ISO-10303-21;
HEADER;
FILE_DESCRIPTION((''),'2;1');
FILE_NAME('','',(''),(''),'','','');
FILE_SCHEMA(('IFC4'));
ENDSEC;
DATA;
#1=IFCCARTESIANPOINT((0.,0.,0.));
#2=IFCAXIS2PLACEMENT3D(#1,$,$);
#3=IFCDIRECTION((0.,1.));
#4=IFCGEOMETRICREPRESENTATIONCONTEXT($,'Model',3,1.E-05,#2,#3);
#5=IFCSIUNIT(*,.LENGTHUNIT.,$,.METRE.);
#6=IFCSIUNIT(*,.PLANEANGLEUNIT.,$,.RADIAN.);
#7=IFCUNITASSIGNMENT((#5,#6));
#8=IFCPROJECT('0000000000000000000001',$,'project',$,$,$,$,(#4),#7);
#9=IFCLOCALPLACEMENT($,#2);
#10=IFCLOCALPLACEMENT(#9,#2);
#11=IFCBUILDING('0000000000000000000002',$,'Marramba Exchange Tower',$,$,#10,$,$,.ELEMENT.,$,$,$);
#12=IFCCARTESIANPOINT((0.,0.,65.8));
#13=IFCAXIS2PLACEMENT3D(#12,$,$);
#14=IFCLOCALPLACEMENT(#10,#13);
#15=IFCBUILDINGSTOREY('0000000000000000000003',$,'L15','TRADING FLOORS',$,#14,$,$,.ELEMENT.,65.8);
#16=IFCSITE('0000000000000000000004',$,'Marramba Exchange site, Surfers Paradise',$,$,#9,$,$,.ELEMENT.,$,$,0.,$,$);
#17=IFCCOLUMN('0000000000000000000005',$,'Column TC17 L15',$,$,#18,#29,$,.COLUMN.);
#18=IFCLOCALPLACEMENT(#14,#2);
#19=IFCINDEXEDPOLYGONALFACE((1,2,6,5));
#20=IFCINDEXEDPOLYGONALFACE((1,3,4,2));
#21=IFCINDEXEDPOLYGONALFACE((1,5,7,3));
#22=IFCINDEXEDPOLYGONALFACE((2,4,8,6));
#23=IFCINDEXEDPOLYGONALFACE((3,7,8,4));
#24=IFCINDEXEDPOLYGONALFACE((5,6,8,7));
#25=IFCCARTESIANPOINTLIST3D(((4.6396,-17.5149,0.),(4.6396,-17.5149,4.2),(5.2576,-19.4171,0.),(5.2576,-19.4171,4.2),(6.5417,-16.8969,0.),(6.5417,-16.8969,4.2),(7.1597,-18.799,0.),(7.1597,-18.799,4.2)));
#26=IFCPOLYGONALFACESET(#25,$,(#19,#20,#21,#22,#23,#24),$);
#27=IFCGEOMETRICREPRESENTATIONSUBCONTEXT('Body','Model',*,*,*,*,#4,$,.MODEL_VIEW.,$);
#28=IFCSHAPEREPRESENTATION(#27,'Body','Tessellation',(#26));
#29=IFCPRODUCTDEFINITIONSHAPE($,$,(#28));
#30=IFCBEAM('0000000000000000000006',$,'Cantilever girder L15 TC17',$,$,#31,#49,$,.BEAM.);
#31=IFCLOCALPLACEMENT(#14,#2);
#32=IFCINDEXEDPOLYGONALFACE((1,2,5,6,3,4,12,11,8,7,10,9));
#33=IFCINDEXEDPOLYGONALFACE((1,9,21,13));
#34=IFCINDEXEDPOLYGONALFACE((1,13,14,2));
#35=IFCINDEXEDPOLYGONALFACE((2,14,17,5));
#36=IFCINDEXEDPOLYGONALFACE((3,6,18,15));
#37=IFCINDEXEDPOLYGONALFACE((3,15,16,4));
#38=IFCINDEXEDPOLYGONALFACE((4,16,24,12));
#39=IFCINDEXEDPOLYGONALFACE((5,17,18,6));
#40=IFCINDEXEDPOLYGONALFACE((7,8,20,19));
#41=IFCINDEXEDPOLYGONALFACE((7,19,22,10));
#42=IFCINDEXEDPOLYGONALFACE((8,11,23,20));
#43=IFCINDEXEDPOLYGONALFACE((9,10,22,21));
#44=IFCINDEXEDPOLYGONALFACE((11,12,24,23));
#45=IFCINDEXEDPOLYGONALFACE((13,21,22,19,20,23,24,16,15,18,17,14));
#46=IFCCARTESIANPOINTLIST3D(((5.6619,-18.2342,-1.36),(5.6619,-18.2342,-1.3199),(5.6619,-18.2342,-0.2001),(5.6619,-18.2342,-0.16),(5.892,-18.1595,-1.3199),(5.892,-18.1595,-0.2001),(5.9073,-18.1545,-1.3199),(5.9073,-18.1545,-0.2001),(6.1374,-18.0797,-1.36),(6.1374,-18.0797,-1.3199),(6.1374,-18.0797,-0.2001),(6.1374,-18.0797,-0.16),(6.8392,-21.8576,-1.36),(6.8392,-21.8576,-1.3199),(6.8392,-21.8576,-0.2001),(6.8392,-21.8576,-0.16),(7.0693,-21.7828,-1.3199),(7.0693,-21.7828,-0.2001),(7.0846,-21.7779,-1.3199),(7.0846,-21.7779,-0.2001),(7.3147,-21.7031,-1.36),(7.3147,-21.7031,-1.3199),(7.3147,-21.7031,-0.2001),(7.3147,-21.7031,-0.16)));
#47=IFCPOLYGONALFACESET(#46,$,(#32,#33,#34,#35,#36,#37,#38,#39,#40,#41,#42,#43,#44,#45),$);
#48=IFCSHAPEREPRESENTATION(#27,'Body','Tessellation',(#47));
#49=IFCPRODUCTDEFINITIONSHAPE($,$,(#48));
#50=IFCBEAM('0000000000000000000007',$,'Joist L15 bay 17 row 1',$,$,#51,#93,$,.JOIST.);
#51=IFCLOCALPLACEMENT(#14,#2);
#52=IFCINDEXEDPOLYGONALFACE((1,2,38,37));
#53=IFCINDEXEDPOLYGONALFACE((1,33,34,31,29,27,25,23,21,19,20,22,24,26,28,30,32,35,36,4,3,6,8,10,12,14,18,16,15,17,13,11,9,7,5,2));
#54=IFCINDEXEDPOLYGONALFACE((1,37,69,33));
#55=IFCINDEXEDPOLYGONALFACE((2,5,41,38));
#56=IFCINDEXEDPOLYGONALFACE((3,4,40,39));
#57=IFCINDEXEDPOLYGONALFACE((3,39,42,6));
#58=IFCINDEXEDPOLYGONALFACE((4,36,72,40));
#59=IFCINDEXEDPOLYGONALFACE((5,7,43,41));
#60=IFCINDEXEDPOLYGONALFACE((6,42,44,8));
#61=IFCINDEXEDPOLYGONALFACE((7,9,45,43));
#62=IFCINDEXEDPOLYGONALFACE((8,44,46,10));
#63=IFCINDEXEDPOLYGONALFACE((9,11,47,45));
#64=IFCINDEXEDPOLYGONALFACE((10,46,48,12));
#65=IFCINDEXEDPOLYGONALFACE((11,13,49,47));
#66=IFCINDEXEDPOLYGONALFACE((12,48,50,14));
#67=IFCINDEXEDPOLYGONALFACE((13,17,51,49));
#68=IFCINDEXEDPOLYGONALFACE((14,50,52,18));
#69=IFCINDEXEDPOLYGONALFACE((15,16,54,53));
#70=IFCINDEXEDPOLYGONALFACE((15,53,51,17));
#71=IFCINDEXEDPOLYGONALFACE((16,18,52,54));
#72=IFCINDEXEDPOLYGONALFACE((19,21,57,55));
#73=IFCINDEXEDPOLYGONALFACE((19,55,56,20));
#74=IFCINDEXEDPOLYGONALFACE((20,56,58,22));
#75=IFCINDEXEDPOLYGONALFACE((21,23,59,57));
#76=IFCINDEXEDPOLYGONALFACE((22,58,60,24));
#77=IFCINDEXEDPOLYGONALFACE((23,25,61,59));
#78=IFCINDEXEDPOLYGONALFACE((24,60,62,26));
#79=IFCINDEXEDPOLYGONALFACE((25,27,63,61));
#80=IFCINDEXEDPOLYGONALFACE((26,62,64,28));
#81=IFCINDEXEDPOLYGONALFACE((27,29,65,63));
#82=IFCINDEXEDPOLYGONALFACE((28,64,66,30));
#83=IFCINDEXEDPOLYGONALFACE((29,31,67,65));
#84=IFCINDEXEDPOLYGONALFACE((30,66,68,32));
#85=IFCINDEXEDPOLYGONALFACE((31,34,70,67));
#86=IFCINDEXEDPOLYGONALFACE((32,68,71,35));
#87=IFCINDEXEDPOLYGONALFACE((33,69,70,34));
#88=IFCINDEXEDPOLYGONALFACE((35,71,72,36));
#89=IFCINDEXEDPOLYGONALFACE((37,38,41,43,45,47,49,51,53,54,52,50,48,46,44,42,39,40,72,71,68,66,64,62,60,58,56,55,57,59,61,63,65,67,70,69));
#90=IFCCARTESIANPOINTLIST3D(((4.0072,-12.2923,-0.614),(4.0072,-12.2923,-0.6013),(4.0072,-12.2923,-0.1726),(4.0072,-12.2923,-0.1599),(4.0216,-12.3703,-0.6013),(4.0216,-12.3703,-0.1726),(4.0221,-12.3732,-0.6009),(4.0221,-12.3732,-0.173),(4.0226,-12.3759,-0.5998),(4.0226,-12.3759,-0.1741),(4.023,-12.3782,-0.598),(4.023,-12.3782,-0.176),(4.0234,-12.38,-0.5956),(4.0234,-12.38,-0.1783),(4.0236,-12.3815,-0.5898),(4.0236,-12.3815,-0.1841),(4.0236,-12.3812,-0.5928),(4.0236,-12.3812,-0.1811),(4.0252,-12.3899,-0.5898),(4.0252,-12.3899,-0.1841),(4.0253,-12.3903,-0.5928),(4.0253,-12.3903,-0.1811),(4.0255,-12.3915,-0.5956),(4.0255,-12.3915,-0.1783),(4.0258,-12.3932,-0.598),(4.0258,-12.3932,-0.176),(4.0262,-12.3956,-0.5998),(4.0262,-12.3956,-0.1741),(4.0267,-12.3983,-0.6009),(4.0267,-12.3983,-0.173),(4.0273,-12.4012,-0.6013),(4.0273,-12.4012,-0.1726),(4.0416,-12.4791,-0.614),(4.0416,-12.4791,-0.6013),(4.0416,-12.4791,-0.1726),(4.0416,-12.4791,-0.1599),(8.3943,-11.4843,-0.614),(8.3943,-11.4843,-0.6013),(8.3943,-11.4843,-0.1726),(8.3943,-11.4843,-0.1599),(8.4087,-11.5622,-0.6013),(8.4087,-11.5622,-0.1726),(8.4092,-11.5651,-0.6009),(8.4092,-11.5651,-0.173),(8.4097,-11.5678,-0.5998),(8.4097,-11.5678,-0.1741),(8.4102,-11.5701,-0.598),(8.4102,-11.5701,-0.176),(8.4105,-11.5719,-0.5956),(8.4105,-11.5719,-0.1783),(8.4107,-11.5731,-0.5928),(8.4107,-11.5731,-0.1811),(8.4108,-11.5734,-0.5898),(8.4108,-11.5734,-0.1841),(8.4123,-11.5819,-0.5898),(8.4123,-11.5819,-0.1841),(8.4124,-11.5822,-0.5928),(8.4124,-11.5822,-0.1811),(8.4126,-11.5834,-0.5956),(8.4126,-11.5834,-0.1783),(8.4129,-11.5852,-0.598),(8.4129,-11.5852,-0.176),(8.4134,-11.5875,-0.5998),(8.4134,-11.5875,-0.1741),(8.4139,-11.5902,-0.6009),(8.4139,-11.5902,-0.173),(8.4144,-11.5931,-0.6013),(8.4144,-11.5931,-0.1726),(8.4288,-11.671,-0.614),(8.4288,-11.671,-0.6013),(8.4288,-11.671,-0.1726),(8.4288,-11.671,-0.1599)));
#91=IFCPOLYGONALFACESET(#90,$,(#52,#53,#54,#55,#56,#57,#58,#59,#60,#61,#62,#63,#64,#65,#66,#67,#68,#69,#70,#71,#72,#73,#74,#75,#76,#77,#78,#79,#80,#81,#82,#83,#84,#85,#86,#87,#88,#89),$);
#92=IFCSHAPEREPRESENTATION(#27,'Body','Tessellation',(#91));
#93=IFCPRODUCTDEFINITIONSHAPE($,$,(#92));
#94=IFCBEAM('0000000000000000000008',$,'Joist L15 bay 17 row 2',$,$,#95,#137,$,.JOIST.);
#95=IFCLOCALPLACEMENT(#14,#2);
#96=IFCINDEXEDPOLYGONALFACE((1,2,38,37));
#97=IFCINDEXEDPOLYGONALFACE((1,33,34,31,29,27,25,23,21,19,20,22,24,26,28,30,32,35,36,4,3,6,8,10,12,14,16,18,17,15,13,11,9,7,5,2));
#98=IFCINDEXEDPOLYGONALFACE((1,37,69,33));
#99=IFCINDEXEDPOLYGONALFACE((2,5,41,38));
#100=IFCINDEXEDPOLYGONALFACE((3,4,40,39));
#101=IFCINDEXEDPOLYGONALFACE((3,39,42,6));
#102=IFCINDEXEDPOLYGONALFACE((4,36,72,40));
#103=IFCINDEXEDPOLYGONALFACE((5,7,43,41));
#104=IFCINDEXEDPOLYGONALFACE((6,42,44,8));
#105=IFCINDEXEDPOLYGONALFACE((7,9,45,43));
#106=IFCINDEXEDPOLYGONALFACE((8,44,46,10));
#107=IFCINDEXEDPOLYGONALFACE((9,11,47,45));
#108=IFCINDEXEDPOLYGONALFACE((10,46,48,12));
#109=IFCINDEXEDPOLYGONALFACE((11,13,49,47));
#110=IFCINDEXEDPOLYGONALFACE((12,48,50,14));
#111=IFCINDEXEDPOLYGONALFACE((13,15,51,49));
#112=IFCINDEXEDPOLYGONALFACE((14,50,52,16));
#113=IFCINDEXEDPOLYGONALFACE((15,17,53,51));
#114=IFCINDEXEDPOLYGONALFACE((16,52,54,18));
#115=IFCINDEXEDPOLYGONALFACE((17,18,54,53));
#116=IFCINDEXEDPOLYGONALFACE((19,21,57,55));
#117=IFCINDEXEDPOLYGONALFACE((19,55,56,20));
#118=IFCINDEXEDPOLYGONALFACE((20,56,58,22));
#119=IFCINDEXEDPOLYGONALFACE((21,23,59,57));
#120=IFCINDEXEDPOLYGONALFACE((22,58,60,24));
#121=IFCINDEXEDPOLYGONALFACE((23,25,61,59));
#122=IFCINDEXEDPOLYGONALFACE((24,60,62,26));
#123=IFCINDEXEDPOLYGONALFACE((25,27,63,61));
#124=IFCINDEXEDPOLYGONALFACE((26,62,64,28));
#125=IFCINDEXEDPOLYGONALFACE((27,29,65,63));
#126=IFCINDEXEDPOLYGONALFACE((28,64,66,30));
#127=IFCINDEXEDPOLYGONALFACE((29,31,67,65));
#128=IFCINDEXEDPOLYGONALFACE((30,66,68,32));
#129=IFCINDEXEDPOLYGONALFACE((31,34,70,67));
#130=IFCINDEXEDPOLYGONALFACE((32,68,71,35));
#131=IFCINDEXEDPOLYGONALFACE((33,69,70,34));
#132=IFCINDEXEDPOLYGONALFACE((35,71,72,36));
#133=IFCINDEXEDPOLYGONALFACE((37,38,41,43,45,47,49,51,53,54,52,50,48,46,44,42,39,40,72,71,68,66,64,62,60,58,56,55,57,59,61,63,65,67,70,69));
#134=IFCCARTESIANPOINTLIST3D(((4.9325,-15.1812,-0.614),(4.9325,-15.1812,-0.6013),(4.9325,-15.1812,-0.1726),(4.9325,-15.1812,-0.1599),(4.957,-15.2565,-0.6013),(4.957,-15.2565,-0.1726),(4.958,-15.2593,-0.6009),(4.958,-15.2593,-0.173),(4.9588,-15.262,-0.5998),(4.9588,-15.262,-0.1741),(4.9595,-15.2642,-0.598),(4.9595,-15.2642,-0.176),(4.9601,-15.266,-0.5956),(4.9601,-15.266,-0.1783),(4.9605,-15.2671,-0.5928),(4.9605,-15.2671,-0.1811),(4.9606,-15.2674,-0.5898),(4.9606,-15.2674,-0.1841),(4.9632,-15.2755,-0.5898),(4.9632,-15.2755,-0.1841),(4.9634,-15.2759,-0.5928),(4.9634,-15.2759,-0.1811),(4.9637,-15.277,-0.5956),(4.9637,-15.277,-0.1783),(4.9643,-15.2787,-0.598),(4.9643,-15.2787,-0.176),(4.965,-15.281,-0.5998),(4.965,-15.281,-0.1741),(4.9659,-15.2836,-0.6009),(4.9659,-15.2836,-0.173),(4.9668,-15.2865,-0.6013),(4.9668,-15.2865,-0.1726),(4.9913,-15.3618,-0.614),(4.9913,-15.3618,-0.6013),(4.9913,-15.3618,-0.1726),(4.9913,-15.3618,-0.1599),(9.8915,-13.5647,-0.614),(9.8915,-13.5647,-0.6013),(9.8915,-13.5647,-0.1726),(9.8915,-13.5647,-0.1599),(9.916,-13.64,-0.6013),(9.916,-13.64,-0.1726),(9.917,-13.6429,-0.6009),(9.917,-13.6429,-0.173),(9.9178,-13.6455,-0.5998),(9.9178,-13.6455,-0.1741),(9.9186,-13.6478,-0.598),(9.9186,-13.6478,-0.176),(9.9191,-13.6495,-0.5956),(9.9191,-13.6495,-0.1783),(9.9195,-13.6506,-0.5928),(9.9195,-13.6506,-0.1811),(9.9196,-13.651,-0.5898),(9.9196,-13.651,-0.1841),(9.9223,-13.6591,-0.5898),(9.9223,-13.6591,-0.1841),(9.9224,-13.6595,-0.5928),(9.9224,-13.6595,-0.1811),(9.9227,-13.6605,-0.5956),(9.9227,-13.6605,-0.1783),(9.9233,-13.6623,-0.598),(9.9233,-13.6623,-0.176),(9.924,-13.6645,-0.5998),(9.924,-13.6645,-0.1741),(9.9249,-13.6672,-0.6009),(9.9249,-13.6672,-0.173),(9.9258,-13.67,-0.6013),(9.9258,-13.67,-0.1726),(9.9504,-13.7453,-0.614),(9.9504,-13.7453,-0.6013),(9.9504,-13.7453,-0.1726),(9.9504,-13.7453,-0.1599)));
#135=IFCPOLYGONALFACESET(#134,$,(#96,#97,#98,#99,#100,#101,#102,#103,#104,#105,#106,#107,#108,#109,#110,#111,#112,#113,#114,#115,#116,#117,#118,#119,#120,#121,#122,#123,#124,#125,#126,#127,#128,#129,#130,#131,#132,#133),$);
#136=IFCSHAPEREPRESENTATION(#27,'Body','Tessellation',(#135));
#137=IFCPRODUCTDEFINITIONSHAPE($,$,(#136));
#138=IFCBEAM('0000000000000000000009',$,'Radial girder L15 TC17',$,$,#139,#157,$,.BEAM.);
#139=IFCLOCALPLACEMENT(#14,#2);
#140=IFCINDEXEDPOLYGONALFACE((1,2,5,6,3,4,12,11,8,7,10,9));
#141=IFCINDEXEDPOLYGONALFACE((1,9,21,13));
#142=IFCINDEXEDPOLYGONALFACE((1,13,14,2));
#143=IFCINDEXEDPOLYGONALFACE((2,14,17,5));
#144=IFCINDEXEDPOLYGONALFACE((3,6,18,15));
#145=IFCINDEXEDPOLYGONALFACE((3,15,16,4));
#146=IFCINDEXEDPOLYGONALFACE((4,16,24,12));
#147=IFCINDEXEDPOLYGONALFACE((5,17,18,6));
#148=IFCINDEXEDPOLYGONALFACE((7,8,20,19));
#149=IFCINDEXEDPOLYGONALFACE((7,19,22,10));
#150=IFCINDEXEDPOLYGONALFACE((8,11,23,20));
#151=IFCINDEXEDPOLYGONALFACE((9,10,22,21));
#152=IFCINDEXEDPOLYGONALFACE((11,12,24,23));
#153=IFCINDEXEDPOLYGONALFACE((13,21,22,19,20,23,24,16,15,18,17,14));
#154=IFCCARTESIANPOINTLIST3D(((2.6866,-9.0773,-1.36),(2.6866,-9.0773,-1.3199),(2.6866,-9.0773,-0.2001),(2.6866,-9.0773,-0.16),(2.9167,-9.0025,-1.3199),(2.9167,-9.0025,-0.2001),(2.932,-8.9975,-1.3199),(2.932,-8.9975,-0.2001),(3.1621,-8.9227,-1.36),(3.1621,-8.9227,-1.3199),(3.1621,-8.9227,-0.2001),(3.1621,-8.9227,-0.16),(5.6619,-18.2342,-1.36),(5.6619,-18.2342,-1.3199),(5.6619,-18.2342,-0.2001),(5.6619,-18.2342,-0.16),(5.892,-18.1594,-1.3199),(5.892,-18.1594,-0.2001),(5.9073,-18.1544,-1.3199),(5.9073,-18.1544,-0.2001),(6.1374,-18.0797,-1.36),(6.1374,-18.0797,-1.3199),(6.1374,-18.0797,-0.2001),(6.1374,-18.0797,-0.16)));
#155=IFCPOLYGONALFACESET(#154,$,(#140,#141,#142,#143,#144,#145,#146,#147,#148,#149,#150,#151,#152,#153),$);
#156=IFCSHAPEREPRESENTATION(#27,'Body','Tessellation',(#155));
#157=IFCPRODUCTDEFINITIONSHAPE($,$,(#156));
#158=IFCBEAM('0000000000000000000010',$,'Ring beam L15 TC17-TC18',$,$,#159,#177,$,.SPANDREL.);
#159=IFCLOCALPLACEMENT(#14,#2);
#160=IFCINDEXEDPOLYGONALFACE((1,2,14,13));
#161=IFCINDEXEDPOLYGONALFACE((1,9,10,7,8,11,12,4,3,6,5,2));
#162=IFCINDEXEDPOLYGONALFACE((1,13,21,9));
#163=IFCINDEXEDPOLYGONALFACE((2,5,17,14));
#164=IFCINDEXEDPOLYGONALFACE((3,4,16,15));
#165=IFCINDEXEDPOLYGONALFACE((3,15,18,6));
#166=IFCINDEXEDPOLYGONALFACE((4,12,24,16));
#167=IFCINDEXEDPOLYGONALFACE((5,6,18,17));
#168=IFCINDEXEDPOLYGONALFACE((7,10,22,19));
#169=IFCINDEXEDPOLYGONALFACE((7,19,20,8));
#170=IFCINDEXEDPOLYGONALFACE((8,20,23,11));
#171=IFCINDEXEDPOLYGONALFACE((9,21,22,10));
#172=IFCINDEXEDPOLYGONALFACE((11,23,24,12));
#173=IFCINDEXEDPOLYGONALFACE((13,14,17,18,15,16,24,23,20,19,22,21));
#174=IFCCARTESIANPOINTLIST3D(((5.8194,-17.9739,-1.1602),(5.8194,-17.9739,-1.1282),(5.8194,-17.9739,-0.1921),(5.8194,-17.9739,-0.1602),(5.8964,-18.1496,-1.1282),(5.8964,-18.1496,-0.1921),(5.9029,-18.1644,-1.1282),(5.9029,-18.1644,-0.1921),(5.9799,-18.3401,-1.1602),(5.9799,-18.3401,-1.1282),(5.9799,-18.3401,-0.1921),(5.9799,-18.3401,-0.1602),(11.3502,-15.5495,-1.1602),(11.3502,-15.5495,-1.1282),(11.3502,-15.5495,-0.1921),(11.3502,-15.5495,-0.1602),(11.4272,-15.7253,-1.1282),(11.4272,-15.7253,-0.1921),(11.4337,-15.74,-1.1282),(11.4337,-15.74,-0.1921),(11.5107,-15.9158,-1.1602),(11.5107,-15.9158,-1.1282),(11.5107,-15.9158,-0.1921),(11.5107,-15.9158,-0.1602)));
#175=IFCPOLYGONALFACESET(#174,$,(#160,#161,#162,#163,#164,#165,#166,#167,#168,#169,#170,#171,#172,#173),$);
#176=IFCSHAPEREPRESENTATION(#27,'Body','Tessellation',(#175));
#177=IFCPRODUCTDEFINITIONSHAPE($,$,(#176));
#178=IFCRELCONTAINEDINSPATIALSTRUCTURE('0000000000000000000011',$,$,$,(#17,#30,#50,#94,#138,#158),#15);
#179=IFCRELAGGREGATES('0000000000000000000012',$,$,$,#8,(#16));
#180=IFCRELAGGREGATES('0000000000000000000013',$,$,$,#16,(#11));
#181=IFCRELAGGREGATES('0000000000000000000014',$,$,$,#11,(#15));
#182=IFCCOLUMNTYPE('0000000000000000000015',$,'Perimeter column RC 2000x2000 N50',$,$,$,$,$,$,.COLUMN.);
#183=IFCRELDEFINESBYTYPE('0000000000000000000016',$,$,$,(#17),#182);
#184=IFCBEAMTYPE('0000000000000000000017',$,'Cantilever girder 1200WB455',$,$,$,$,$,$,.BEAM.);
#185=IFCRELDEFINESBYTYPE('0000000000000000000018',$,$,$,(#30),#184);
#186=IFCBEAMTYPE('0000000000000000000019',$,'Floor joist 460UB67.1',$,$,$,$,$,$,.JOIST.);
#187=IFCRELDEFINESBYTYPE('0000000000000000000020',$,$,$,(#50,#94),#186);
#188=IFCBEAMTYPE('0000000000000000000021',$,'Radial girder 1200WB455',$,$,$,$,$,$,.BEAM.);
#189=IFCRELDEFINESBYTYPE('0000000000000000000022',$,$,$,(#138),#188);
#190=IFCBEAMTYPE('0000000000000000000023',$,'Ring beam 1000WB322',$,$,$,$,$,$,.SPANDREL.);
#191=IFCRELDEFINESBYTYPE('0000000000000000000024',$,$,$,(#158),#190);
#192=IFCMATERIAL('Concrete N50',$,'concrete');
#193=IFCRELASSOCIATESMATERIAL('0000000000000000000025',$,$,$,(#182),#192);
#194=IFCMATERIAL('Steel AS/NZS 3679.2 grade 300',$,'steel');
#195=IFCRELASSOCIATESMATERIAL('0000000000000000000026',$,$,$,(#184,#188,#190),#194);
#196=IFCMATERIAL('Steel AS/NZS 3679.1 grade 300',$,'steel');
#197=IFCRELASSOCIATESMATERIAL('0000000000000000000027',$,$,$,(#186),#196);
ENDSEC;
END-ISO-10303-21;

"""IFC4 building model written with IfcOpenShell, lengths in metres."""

from ifc_helpers import new_model, si_unit, direction, frame, origin, origin_2d, place, context, subcontext, project, spatial, rectangle, i_section, extrude, material, material_profile, profile_set, type_object, element, save


model = new_model("IFC4")

# Units and contexts
model_context = context("Model", 3, precision=1e-05, world=origin(), true_north=direction((0.0, 1.0)))
body_context = subcontext(model_context, "Body", "Model", "MODEL_VIEW")
ifc_project = project(units=[si_unit("LENGTHUNIT", "METRE"), si_unit("PLANEANGLEUNIT", "RADIAN")], contexts=[model_context])

# Site, building, storey
site_placement = place(None, origin())
site = spatial("IfcSite", under=ifc_project, at=site_placement, Name="Marramba Exchange site, Surfers Paradise", CompositionType="ELEMENT", RefElevation=0.0)
building_placement = place(site_placement, origin())
building = spatial("IfcBuilding", under=site, at=building_placement, Name="Marramba Exchange Tower", CompositionType="ELEMENT")
storey_placement = place(building_placement, frame((0.0, 0.0, 65.8)))
storey = spatial("IfcBuildingStorey", under=building, at=storey_placement, Name="L15", Description="TRADING FLOORS", CompositionType="ELEMENT", Elevation=65.8)

# Column
ifc_material_1 = material(Name="Concrete N50", Category="concrete")
ifc_material_profile_1 = material_profile(ifc_material_1, rectangle(XDim=2.0, YDim=2.0, at=origin_2d()), Name="RC 2000x2000")
ifc_profile_set_1 = profile_set([ifc_material_profile_1], Name="Concrete N50")
column_type = type_object("IfcColumnType", Name="Perimeter column RC 2000x2000 N50", PredefinedType="COLUMN", material=ifc_profile_set_1)
column_placement = place(storey_placement, frame((5.8997, -18.157, 0.0), z_axis=(0.0, 0.0, 1.0), x_axis=(0.309017, -0.951057, 0.0)))
element("IfcColumn", 1, at=column_placement, inside=storey, type_object=column_type, Name="Column TC17 L15", PredefinedType="COLUMN", context=body_context, shape_type="SweptSolid", body=[
    extrude(rectangle(XDim=2.0, YDim=2.0, at=origin_2d()), origin(), (0.0, 0.0, 1.0), 4.2),
])

# Beams
ifc_material_2 = material(Name="Steel AS/NZS 3679.2 grade 300", Category="steel")
ifc_material_profile_2 = material_profile(ifc_material_2, i_section(OverallWidth=0.5, OverallDepth=1.2, WebThickness=0.0161, FlangeThickness=0.04, at=origin_2d()), Name="1200WB455")
ifc_profile_set_2 = profile_set([ifc_material_profile_2], Name="Steel AS/NZS 3679.2 grade 300")
beam_type_1 = type_object("IfcBeamType", Name="Cantilever girder 1200WB455", PredefinedType="BEAM", material=ifc_profile_set_2)
beam_1_placement = place(storey_placement, frame((5.8997, -18.157, -0.76), z_axis=(0.309009, -0.951059, 0.0), x_axis=(0.951059, 0.309009, 0.0)))
element("IfcBeam", 2, at=beam_1_placement, inside=storey, type_object=beam_type_1, Name="Cantilever girder L15 TC17", PredefinedType="BEAM", context=body_context, shape_type="SweptSolid", body=[
    extrude(i_section(OverallWidth=0.5, OverallDepth=1.2, WebThickness=0.0161, FlangeThickness=0.04, at=origin_2d()), origin(), (0.0, 0.0, 1.0), 3.8098),
])
ifc_material_3 = material(Name="Steel AS/NZS 3679.1 grade 300", Category="steel")
ifc_material_profile_3 = material_profile(ifc_material_3, i_section(OverallWidth=0.1899, OverallDepth=0.4541, WebThickness=0.0085, FlangeThickness=0.0127, FilletRadius=0.0115, at=origin_2d()), Name="460UB67.1")
ifc_profile_set_3 = profile_set([ifc_material_profile_3], Name="Steel AS/NZS 3679.1 grade 300")
beam_type_2 = type_object("IfcBeamType", Name="Floor joist 460UB67.1", PredefinedType="JOIST", material=ifc_profile_set_3)
beam_2_placement = place(storey_placement, frame((4.0244, -12.3857, -0.387), z_axis=(0.983456, 0.181149, 0.0), x_axis=(-0.181149, 0.983456, 0.0)))
element("IfcBeam", 3, at=beam_2_placement, inside=storey, type_object=beam_type_2, Name="Joist L15 bay 17 row 1", PredefinedType="JOIST", context=body_context, shape_type="SweptSolid", body=[
    extrude(i_section(OverallWidth=0.1899, OverallDepth=0.4541, WebThickness=0.0085, FlangeThickness=0.0127, FilletRadius=0.0115, at=origin_2d()), origin(), (0.0, 0.0, 1.0), 4.4609),
])
beam_3_placement = place(storey_placement, frame((4.9619, -15.2715, -0.387), z_axis=(0.950764, 0.309916, 0.0), x_axis=(-0.309916, 0.950764, 0.0)))
element("IfcBeam", 4, at=beam_3_placement, inside=storey, type_object=beam_type_2, Name="Joist L15 bay 17 row 2", PredefinedType="JOIST", context=body_context, shape_type="SweptSolid", body=[
    extrude(i_section(OverallWidth=0.1899, OverallDepth=0.4541, WebThickness=0.0085, FlangeThickness=0.0127, FilletRadius=0.0115, at=origin_2d()), origin(), (0.0, 0.0, 1.0), 5.2158),
])
ifc_material_profile_4 = material_profile(ifc_material_2, i_section(OverallWidth=0.5, OverallDepth=1.2, WebThickness=0.0161, FlangeThickness=0.04, at=origin_2d()), Name="1200WB455")
ifc_profile_set_4 = profile_set([ifc_material_profile_4], Name="Steel AS/NZS 3679.2 grade 300")
beam_type_3 = type_object("IfcBeamType", Name="Radial girder 1200WB455", PredefinedType="BEAM", material=ifc_profile_set_4)
beam_4_placement = place(storey_placement, frame((2.9243, -9.0, -0.76), z_axis=(0.309022, -0.951055, 0.0), x_axis=(0.951055, 0.309022, 0.0)))
element("IfcBeam", 5, at=beam_4_placement, inside=storey, type_object=beam_type_3, Name="Radial girder L15 TC17", PredefinedType="BEAM", context=body_context, shape_type="SweptSolid", body=[
    extrude(i_section(OverallWidth=0.5, OverallDepth=1.2, WebThickness=0.0161, FlangeThickness=0.04, at=origin_2d()), origin(), (0.0, 0.0, 1.0), 9.6282),
])
ifc_material_profile_5 = material_profile(ifc_material_2, i_section(OverallWidth=0.3999, OverallDepth=1.0, WebThickness=0.0161, FlangeThickness=0.032, at=origin_2d()), Name="1000WB322")
ifc_profile_set_5 = profile_set([ifc_material_profile_5], Name="Steel AS/NZS 3679.2 grade 300")
beam_type_4 = type_object("IfcBeamType", Name="Ring beam 1000WB322", PredefinedType="SPANDREL", material=ifc_profile_set_5)
beam_5_placement = place(storey_placement, frame((5.8997, -18.157, -0.6602), z_axis=(0.915877, 0.401459, 0.0), x_axis=(-0.401459, 0.915877, 0.0)))
element("IfcBeam", 6, at=beam_5_placement, inside=storey, type_object=beam_type_4, Name="Ring beam L15 TC17-TC18", PredefinedType="SPANDREL", context=body_context, shape_type="SweptSolid", body=[
    extrude(i_section(OverallWidth=0.3999, OverallDepth=1.0, WebThickness=0.0161, FlangeThickness=0.032, at=origin_2d()), origin(), (0.0, 0.0, 1.0), 6.0388),
])

save(model, "model.ifc")
